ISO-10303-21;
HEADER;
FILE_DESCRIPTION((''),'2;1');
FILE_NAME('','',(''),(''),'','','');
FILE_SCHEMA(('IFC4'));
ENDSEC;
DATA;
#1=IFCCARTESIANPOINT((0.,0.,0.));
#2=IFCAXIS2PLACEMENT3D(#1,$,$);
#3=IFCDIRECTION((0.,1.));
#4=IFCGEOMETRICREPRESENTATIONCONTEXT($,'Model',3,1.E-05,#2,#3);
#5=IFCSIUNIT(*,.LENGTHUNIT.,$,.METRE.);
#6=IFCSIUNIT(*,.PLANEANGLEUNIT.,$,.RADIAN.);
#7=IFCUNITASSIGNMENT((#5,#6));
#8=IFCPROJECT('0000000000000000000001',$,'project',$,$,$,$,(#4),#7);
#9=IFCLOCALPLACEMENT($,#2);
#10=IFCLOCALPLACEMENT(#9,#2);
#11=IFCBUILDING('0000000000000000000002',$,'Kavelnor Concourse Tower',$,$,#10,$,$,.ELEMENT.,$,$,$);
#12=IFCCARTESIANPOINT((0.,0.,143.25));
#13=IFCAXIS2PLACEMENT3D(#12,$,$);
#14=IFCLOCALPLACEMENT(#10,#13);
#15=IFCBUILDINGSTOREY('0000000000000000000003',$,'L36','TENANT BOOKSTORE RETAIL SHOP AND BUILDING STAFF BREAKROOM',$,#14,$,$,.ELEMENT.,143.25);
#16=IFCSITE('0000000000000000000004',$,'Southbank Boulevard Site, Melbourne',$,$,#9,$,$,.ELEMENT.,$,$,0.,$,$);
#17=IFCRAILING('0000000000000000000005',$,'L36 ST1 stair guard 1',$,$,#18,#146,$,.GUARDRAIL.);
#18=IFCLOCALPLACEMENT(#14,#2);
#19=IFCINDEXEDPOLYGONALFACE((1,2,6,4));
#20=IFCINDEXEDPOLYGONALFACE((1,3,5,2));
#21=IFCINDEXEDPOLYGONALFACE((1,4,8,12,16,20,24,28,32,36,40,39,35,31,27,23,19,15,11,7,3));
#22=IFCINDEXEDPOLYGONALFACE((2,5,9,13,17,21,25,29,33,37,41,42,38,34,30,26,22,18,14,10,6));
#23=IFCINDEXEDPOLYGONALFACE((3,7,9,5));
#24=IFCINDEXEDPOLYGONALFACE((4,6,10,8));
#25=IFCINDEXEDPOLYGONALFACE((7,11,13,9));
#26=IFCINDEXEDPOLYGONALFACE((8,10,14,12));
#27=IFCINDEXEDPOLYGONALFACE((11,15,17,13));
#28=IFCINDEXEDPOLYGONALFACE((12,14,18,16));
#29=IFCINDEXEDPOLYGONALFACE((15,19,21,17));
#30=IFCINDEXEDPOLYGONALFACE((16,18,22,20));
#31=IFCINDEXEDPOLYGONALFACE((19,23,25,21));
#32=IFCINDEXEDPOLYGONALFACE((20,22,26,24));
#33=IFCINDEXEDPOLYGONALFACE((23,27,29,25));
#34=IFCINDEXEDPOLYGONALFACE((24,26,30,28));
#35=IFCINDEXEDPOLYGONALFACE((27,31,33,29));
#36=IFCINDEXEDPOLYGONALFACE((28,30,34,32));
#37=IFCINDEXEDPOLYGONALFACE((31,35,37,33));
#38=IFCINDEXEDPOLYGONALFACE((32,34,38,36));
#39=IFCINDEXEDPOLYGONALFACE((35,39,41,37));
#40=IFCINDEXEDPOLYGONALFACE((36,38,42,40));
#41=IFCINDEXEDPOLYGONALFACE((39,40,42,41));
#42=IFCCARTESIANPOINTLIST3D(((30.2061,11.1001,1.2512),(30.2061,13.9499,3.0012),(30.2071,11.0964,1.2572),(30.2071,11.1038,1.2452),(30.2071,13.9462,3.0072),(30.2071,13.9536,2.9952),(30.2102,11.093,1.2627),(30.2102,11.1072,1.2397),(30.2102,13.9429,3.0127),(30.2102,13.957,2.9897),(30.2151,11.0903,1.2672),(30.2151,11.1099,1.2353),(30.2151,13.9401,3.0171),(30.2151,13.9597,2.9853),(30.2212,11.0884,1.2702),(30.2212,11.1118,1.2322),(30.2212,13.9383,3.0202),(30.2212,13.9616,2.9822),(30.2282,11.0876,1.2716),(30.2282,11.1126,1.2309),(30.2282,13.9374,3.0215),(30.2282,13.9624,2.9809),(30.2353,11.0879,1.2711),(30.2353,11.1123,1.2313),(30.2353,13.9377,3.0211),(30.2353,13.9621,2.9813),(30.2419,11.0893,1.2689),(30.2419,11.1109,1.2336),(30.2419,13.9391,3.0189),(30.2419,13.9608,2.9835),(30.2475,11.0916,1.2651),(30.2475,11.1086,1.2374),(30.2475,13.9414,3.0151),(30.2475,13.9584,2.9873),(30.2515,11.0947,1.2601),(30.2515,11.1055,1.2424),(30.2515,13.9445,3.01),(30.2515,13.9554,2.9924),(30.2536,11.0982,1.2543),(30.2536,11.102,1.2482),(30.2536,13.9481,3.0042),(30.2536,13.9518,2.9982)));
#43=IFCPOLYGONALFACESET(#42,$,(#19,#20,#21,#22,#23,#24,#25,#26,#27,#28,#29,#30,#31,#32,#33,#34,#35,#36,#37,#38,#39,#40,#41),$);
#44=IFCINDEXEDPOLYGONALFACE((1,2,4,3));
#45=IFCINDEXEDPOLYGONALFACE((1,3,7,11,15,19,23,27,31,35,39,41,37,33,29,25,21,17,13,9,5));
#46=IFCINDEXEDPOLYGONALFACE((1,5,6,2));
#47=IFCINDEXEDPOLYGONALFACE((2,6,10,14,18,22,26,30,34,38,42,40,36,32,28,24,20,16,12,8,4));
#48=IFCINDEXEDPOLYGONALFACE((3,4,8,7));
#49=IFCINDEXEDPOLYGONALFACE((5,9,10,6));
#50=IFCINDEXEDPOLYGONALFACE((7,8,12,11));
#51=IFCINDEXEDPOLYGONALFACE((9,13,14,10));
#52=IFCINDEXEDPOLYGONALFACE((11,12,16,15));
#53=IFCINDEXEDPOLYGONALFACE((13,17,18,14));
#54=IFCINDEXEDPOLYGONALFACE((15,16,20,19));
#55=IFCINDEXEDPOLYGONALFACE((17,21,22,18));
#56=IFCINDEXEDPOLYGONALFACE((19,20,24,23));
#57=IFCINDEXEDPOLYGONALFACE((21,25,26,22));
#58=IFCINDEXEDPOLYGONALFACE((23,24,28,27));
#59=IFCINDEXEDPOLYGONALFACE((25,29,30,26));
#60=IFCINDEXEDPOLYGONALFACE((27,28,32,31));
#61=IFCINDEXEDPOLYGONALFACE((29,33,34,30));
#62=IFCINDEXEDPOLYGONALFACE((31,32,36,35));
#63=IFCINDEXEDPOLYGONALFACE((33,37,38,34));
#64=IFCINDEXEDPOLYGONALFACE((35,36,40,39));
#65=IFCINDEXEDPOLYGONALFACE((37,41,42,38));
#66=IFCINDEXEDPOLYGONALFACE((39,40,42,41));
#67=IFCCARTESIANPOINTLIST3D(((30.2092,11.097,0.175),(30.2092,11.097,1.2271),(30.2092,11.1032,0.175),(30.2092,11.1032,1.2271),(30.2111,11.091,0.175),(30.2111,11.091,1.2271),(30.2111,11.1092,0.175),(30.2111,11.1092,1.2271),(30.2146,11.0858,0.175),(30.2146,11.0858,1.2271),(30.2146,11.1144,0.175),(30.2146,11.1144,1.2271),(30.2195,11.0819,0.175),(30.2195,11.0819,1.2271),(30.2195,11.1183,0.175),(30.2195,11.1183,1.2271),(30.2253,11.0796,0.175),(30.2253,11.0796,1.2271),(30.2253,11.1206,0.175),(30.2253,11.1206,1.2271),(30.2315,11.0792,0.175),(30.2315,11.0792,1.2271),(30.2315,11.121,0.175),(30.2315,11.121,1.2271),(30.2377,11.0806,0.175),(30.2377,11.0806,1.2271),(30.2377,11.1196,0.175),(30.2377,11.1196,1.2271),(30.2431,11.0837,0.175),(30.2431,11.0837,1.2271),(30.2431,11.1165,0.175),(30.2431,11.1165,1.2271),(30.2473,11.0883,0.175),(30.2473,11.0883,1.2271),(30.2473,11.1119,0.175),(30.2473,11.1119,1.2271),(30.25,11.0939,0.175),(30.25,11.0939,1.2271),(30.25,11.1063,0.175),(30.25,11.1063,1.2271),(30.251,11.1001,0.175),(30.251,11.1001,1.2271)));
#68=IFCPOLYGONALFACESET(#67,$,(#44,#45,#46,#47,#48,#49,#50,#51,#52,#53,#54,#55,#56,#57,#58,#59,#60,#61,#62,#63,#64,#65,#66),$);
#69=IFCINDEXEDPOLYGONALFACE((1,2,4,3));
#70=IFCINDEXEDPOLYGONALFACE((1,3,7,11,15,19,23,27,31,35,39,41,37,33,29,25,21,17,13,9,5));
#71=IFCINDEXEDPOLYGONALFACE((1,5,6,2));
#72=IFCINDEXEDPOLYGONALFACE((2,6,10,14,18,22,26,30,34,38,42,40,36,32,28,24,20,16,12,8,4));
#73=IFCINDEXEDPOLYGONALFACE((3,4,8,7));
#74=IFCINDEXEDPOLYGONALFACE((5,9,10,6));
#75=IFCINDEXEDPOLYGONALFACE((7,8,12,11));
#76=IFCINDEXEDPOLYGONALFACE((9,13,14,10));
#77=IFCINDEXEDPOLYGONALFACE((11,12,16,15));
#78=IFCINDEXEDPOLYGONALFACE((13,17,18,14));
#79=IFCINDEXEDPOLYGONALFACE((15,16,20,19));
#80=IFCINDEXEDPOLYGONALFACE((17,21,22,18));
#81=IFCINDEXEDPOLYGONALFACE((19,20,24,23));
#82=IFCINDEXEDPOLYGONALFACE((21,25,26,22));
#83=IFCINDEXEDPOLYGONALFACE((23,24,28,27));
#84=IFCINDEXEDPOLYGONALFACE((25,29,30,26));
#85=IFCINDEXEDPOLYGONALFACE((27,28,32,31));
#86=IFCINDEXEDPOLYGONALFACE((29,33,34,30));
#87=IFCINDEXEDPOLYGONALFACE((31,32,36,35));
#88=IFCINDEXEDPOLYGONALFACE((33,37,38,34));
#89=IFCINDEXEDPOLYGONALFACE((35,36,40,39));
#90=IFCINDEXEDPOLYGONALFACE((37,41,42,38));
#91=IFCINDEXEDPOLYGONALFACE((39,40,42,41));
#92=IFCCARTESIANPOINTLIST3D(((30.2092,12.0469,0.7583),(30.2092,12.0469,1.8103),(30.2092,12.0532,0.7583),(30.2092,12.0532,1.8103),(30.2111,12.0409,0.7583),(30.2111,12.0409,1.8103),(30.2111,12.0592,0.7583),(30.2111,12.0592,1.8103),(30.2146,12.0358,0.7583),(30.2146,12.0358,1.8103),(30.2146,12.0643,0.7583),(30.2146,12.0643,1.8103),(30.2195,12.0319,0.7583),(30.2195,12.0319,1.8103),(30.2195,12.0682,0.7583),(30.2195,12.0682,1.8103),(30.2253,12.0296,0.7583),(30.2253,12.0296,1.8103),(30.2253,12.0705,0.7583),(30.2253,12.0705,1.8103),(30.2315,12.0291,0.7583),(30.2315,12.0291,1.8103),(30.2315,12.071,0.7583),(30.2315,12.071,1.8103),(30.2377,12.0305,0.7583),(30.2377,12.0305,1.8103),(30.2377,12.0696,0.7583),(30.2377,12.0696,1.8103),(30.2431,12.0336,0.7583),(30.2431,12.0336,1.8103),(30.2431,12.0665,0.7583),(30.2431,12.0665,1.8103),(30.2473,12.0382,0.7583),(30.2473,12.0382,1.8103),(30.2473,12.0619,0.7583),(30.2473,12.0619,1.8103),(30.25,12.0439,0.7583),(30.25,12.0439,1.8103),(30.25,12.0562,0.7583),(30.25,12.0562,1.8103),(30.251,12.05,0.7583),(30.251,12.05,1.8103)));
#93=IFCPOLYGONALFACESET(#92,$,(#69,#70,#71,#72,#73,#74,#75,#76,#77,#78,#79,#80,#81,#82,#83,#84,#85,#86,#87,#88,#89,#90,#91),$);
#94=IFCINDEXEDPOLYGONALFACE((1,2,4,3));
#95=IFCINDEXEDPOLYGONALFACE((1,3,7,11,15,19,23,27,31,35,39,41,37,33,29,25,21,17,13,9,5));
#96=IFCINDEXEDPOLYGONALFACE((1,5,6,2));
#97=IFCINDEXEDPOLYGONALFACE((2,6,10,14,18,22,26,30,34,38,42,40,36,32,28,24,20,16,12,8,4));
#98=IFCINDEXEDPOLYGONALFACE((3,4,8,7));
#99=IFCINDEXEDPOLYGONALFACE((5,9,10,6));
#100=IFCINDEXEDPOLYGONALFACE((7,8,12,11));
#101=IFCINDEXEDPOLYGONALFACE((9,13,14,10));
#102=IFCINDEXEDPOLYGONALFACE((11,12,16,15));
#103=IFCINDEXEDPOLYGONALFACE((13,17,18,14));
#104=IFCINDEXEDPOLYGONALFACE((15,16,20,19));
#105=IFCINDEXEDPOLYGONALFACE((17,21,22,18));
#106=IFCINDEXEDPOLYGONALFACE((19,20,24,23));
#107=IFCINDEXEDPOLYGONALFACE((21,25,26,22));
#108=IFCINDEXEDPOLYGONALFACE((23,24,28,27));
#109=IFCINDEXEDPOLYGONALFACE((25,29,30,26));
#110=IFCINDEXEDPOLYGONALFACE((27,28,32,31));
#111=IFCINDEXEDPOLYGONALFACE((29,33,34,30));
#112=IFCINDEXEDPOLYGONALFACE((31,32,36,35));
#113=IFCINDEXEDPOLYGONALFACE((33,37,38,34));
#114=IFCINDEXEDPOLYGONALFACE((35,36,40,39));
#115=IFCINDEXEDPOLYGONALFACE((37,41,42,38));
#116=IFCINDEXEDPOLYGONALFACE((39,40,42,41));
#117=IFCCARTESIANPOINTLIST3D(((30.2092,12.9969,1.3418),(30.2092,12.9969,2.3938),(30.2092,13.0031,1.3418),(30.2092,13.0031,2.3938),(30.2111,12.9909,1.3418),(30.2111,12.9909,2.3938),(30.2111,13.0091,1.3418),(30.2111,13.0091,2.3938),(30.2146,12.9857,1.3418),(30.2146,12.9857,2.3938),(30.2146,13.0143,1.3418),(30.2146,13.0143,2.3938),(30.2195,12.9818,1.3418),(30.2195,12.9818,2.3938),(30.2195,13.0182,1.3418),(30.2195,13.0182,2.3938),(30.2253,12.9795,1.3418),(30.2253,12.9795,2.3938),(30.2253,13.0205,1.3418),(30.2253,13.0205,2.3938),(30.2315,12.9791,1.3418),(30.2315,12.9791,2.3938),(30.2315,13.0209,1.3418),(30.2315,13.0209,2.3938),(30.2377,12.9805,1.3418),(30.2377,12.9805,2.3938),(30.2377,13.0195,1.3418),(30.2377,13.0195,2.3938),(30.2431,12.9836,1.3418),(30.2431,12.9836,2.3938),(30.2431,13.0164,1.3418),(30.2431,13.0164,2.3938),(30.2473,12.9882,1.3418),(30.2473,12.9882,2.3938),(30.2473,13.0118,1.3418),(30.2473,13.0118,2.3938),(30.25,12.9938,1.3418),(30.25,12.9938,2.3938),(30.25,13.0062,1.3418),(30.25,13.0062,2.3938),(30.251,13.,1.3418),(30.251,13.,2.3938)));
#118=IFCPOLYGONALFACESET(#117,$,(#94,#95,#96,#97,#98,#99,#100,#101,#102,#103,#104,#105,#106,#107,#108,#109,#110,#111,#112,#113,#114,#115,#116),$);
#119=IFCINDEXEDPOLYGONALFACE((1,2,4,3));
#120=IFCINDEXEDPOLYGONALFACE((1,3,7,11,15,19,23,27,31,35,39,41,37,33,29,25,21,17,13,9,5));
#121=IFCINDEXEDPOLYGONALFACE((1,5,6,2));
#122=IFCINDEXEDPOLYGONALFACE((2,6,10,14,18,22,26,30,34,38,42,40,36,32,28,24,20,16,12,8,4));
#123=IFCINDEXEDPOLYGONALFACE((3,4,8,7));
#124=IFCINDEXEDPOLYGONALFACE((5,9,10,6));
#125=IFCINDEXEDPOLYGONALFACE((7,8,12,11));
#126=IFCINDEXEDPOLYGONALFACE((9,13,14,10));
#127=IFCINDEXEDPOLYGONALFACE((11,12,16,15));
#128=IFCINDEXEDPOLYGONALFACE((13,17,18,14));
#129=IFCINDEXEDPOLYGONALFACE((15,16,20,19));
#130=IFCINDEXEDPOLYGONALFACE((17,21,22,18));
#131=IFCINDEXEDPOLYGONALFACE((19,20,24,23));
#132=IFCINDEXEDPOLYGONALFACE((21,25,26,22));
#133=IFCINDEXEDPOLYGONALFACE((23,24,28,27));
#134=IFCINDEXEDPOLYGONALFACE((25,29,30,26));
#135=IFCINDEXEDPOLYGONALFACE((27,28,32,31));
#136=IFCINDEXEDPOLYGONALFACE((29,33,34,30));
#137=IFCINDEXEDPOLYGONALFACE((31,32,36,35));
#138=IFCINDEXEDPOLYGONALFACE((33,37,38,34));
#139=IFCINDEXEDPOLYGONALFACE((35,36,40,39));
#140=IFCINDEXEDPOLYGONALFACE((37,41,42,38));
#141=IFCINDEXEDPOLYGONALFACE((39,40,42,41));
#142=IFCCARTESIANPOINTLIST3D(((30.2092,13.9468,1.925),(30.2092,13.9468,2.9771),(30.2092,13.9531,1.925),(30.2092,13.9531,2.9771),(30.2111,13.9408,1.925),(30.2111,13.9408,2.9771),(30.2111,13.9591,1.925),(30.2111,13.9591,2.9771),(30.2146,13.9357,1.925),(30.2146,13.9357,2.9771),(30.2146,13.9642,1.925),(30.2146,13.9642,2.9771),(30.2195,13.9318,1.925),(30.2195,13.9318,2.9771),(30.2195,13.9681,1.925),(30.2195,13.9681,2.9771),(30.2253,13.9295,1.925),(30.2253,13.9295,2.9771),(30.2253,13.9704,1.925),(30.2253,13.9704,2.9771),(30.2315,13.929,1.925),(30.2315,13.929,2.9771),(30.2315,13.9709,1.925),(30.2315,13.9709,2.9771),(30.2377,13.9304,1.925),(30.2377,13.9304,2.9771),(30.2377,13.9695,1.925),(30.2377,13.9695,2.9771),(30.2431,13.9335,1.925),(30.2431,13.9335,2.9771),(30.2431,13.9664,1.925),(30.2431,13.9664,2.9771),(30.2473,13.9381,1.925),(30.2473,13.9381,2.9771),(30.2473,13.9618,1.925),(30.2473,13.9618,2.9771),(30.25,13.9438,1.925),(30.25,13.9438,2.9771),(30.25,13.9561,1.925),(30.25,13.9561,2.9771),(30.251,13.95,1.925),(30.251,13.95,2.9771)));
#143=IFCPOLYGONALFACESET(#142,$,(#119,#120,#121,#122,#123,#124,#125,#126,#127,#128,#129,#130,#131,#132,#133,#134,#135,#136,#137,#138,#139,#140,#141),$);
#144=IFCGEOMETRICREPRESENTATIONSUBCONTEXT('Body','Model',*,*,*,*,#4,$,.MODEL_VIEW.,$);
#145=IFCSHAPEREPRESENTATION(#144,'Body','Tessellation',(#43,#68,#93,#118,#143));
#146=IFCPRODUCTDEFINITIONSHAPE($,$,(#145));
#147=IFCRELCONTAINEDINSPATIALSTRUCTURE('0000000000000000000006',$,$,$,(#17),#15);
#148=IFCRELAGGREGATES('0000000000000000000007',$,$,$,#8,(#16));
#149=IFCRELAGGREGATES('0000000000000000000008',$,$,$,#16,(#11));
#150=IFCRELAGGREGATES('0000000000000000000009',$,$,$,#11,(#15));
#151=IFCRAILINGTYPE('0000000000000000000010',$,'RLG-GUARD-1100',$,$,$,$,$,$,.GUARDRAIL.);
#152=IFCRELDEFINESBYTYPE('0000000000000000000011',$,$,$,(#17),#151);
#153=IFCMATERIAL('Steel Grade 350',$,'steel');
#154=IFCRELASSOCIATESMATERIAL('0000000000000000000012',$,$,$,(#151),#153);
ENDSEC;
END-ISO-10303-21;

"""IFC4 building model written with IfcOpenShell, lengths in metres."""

from ifc_helpers import new_model, si_unit, direction, frame, origin, origin_2d, place, context, subcontext, project, spatial, circle, extrude, material, type_object, element, save


model = new_model("IFC4")

# Units and contexts
model_context = context("Model", 3, precision=1e-05, world=origin(), true_north=direction((0.0, 1.0)))
body_context = subcontext(model_context, "Body", "Model", "MODEL_VIEW")
ifc_project = project(units=[si_unit("LENGTHUNIT", "METRE"), si_unit("PLANEANGLEUNIT", "RADIAN")], contexts=[model_context])

# Site, building, storey
site_placement = place(None, origin())
site = spatial("IfcSite", under=ifc_project, at=site_placement, Name="Southbank Boulevard Site, Melbourne", CompositionType="ELEMENT", RefElevation=0.0)
building_placement = place(site_placement, origin())
building = spatial("IfcBuilding", under=site, at=building_placement, Name="Kavelnor Concourse Tower", CompositionType="ELEMENT")
storey_placement = place(building_placement, frame((0.0, 0.0, 143.25)))
storey = spatial("IfcBuildingStorey", under=building, at=storey_placement, Name="L36", Description="TENANT BOOKSTORE RETAIL SHOP AND BUILDING STAFF BREAKROOM", CompositionType="ELEMENT", Elevation=143.25)

# Shared definitions
ifc_material_1 = material(Name="Steel Grade 350", Category="steel")

# Railing
railing_type_1 = type_object("IfcRailingType", Name="RLG-GUARD-1100", PredefinedType="GUARDRAIL", material=ifc_material_1)
railing_1_placement = place(storey_placement, frame((30.23, 11.1001, 0.175)))
element("IfcRailing", 1, at=railing_1_placement, inside=storey, type_object=railing_type_1, Name="L36 ST1 stair guard 1", PredefinedType="GUARDRAIL", context=body_context, shape_type="SweptSolid", body=[
    extrude(circle(Radius=0.0239, at=origin_2d()), frame((0.0, 0.0, 1.0762), z_axis=(0.0, 0.852159, 0.523283), x_axis=(-1.0, 0.0, 0.0)), (0.0, 0.0, 1.0), 3.3442),
    extrude(circle(Radius=0.021, at=origin_2d()), origin(), (0.0, 0.0, 1.0), 1.052),
    extrude(circle(Radius=0.021, at=origin_2d()), frame((0.0, 0.95, 0.5833)), (0.0, 0.0, 1.0), 1.052),
    extrude(circle(Radius=0.021, at=origin_2d()), frame((0.0, 1.8999, 1.1667)), (0.0, 0.0, 1.0), 1.052),
    extrude(circle(Radius=0.021, at=origin_2d()), frame((0.0, 2.8499, 1.75)), (0.0, 0.0, 1.0), 1.052),
])

save(model, "model.ifc")
